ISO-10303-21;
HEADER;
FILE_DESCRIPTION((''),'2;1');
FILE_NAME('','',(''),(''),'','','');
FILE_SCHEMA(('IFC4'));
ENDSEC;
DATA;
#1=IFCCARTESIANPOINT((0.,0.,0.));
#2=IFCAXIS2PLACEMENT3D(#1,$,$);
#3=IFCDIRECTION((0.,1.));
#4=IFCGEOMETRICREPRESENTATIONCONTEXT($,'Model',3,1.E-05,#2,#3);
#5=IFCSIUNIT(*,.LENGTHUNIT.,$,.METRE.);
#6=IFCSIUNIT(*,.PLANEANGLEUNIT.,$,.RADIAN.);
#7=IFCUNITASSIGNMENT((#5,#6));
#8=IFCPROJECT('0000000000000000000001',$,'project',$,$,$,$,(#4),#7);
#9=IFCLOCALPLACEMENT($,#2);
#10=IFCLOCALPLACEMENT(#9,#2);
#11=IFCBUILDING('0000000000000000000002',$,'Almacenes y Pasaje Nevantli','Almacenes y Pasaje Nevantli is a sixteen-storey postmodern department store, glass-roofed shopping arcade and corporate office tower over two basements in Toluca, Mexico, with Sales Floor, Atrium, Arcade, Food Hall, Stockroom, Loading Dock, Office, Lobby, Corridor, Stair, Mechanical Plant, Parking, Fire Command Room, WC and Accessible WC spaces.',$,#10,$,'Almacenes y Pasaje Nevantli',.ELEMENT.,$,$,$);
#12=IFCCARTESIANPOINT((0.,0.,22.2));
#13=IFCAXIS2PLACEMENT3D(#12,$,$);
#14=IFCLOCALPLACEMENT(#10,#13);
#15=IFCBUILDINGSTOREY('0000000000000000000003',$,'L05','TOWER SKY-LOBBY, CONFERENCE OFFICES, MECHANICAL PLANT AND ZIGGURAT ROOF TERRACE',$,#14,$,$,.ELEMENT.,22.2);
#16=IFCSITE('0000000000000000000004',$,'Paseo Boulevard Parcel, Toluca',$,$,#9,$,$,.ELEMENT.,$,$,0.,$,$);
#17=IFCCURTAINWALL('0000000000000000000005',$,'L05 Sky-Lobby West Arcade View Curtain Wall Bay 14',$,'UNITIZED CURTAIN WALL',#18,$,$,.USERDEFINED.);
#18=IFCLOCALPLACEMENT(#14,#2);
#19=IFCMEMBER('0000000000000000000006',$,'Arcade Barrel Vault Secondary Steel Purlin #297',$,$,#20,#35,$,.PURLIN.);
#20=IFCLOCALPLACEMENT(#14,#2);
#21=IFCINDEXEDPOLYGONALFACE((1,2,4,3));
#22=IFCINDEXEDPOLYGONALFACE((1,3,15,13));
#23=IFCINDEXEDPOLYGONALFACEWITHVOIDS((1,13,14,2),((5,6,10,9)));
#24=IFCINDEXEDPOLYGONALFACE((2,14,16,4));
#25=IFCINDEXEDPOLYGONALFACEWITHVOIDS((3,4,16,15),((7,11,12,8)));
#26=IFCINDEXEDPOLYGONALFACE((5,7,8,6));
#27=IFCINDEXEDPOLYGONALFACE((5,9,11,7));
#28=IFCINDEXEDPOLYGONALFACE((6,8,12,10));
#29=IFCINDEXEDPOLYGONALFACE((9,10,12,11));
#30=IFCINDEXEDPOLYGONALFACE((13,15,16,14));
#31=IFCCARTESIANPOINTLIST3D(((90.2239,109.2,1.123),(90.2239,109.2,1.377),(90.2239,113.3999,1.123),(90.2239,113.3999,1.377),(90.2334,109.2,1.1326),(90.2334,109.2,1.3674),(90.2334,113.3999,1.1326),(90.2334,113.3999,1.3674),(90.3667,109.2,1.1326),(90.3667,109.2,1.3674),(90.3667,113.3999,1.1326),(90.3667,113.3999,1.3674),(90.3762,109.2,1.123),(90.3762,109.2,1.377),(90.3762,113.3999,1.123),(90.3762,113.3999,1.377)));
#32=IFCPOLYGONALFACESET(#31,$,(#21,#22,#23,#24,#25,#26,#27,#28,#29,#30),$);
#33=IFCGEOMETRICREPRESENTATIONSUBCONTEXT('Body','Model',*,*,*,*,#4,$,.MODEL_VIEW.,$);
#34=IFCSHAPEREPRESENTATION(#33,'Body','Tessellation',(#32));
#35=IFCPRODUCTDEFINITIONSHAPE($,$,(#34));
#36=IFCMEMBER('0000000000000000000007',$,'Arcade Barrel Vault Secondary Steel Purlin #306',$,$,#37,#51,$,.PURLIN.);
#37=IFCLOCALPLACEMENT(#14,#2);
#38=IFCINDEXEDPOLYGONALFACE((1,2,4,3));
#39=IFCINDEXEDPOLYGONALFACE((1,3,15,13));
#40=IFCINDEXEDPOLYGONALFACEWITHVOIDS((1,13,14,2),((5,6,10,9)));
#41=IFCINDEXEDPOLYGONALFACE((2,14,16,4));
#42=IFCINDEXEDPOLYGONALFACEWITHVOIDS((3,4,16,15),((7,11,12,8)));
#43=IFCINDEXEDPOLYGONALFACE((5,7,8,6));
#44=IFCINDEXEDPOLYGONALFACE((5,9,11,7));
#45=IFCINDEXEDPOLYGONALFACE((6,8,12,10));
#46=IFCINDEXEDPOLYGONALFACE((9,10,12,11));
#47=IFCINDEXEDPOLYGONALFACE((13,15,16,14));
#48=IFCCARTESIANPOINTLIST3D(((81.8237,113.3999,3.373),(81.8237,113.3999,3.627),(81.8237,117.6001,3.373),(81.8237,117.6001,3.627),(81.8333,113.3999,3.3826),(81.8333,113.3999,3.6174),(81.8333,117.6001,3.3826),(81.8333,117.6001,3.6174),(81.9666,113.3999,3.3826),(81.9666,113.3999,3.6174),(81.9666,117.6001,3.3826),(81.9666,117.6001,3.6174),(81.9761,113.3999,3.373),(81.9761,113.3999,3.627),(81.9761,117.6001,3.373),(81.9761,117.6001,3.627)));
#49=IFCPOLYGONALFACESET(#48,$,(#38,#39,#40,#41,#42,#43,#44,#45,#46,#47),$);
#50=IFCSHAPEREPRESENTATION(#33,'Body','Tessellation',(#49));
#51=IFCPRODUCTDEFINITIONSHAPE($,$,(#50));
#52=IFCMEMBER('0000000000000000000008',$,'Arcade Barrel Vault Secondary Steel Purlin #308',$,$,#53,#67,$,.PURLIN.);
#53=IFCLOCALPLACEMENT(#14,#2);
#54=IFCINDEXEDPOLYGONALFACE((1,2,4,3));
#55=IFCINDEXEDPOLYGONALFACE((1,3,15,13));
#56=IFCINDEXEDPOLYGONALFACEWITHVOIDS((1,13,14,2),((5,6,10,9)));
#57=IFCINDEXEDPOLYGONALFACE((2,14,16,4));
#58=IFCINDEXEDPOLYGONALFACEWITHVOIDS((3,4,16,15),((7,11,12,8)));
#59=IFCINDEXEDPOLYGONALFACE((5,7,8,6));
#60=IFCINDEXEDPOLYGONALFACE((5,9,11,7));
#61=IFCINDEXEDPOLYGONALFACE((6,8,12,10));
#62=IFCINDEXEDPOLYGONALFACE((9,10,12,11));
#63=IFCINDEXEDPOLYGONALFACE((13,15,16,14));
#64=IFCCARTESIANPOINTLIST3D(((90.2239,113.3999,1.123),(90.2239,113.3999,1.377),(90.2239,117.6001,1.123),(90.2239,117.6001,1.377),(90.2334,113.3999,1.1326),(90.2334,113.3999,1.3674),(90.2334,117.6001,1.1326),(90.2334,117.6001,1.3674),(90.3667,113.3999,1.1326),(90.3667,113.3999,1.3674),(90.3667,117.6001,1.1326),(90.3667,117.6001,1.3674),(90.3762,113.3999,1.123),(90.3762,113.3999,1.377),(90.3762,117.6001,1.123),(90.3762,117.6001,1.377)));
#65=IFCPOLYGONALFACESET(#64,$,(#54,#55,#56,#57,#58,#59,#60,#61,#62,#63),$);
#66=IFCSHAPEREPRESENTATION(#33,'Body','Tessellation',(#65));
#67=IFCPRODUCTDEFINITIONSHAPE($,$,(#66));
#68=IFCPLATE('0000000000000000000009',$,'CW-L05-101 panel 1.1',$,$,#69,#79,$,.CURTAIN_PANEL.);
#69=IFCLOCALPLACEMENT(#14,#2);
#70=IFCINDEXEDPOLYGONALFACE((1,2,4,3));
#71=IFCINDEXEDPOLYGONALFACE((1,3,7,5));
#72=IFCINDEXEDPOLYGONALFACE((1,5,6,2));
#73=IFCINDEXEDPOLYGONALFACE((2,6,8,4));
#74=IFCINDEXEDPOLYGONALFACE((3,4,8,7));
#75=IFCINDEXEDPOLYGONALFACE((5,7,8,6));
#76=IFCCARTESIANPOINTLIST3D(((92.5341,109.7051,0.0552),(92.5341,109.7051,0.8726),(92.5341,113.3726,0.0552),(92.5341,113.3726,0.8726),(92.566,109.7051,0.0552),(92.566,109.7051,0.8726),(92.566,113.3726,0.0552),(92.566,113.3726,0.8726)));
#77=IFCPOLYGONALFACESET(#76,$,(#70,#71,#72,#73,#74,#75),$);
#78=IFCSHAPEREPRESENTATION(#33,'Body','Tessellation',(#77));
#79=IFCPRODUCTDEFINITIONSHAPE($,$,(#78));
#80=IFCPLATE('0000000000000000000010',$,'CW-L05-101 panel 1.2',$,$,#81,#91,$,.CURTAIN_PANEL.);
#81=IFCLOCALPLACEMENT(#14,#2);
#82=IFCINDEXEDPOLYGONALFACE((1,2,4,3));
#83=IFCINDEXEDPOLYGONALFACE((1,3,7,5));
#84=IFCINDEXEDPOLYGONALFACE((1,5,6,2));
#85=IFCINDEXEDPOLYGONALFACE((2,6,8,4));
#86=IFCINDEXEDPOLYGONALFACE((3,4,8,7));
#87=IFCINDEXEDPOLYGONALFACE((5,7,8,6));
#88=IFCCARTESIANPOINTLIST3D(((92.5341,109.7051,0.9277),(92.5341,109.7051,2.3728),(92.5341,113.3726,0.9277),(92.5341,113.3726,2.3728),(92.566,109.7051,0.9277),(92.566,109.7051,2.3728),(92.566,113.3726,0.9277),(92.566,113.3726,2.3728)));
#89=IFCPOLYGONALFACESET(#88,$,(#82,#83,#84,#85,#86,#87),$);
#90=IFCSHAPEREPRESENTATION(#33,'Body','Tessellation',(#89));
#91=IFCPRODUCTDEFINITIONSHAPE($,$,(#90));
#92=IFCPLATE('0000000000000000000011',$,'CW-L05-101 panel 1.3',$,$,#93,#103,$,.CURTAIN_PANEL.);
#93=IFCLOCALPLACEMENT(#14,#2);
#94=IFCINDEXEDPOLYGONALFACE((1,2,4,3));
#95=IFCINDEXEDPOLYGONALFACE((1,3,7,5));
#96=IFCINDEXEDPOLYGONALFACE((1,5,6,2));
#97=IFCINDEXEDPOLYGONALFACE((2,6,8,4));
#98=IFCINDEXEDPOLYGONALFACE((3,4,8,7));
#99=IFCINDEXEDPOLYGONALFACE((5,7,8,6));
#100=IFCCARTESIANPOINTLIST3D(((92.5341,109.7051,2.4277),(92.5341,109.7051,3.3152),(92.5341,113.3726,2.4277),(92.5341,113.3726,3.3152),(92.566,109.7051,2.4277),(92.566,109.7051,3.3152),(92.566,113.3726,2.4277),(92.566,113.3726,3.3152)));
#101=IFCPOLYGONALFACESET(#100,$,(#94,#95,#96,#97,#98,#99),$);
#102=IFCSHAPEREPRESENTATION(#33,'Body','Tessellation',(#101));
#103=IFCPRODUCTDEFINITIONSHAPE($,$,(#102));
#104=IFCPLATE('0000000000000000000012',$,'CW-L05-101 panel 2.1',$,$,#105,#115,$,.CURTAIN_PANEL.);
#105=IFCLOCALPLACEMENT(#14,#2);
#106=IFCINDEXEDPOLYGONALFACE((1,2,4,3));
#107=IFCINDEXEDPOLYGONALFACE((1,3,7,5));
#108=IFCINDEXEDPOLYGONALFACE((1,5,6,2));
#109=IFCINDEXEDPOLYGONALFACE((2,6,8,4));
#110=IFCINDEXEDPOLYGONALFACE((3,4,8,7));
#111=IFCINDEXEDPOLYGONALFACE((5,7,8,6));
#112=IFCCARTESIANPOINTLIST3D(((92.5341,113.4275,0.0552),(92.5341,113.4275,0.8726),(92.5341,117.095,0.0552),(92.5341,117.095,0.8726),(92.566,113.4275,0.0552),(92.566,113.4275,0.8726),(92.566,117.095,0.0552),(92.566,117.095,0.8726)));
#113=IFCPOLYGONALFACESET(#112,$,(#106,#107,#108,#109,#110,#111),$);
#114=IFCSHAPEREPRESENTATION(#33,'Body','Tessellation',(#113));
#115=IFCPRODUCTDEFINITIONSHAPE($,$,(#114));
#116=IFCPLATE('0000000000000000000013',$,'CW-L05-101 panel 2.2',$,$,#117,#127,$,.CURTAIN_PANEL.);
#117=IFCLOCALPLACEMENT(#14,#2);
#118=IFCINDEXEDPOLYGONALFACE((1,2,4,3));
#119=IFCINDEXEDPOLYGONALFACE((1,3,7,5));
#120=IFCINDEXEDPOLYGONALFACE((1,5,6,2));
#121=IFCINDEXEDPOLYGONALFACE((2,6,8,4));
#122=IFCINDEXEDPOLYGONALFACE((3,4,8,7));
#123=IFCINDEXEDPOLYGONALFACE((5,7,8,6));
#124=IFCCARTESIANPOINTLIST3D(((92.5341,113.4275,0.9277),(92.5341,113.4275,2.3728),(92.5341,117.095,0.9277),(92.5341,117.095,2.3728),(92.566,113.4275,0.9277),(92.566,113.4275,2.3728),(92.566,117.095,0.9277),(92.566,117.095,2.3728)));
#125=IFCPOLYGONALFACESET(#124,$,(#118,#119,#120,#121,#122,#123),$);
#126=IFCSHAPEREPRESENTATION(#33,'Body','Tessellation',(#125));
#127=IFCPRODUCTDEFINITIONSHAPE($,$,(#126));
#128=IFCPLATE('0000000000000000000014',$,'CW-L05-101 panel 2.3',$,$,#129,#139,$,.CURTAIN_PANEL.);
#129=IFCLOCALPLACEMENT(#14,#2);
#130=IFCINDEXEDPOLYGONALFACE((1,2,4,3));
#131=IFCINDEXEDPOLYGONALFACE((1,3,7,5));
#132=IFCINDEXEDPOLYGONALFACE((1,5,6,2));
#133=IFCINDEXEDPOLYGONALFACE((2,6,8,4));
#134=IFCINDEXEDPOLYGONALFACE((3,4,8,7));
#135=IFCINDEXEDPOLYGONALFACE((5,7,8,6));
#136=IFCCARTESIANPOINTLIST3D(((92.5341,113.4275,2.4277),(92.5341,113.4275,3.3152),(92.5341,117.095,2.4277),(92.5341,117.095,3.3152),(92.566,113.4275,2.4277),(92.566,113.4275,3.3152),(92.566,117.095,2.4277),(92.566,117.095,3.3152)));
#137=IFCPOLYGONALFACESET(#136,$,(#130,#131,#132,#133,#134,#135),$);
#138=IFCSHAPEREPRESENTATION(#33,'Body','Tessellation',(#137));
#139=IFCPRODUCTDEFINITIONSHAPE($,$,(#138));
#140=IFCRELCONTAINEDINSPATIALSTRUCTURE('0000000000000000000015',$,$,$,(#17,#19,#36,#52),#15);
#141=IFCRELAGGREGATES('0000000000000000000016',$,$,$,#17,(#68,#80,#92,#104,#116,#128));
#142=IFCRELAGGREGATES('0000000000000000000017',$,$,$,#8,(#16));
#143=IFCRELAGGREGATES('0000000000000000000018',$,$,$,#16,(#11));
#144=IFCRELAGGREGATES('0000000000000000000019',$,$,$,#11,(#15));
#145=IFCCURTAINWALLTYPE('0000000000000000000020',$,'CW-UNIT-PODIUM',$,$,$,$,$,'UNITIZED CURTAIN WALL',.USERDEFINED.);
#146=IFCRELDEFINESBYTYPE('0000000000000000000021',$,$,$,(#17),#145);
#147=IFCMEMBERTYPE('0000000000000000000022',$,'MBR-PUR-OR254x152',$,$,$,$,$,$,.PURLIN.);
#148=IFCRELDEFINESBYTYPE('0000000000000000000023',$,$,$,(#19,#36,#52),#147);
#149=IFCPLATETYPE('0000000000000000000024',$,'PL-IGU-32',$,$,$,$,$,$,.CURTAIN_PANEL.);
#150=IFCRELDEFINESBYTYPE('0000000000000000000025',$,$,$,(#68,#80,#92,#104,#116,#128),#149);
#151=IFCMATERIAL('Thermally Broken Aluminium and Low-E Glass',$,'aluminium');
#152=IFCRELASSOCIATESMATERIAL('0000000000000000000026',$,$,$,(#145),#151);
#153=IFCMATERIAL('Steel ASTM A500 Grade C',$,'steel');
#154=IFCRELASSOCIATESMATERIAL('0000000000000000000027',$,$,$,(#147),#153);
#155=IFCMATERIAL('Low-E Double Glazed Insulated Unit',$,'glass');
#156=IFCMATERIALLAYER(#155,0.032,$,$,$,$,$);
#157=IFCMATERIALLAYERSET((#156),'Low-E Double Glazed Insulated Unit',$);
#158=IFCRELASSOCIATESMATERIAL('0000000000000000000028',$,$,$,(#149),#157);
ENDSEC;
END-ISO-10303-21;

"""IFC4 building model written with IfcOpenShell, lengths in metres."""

from ifc_helpers import new_model, si_unit, direction, frame, origin, origin_2d, place, context, subcontext, project, spatial, rectangle, hollow_rectangle, extrude, material, layer, layer_set, material_profile, profile_set, type_object, element, aggregate, save


model = new_model("IFC4")

# Units and contexts
model_context = context("Model", 3, precision=1e-05, world=origin(), true_north=direction((0.0, 1.0)))
body_context = subcontext(model_context, "Body", "Model", "MODEL_VIEW")
ifc_project = project(units=[si_unit("LENGTHUNIT", "METRE"), si_unit("PLANEANGLEUNIT", "RADIAN")], contexts=[model_context])

# Site, building, storey
site_placement = place(None, origin())
site = spatial("IfcSite", under=ifc_project, at=site_placement, Name="Paseo Boulevard Parcel, Toluca", CompositionType="ELEMENT", RefElevation=0.0)
building_placement = place(site_placement, origin())
building = spatial("IfcBuilding", under=site, at=building_placement, Name="Almacenes y Pasaje Nevantli", Description="Almacenes y Pasaje Nevantli is a sixteen-storey postmodern department store, glass-roofed shopping arcade and corporate office tower over two basements in Toluca, Mexico, with Sales Floor, Atrium, Arcade, Food Hall, Stockroom, Loading Dock, Office, Lobby, Corridor, Stair, Mechanical Plant, Parking, Fire Command Room, WC and Accessible WC spaces.", LongName="Almacenes y Pasaje Nevantli", CompositionType="ELEMENT")
storey_placement = place(building_placement, frame((0.0, 0.0, 22.2)))
storey = spatial("IfcBuildingStorey", under=building, at=storey_placement, Name="L05", Description="TOWER SKY-LOBBY, CONFERENCE OFFICES, MECHANICAL PLANT AND ZIGGURAT ROOF TERRACE", CompositionType="ELEMENT", Elevation=22.2)

# Shared definitions
ifc_material_1 = material(Name="Thermally Broken Aluminium and Low-E Glass", Category="aluminium")
curtain_wall_type = type_object("IfcCurtainWallType", Name="CW-UNIT-PODIUM", ElementType="UNITIZED CURTAIN WALL", PredefinedType="USERDEFINED", material=ifc_material_1)

# Curtain wall
curtain_wall_1_placement = place(storey_placement, origin())
curtain_wall_1 = element("IfcCurtainWall", 1, at=curtain_wall_1_placement, inside=storey, type_object=curtain_wall_type, Name="L05 Sky-Lobby West Arcade View Curtain Wall Bay 14", ObjectType="UNITIZED CURTAIN WALL", PredefinedType="USERDEFINED")

# Members
ifc_material_2 = material(Name="Steel ASTM A500 Grade C", Category="steel")
ifc_material_profile_1 = material_profile(ifc_material_2, hollow_rectangle(XDim=0.1523, YDim=0.2539, WallThickness=0.0095, at=origin_2d()), Name="OR 254x152x9.5")
ifc_profile_set_1 = profile_set([ifc_material_profile_1], Name="Steel ASTM A500 Grade C")
member_type_1 = type_object("IfcMemberType", Name="MBR-PUR-OR254x152", PredefinedType="PURLIN", material=ifc_profile_set_1)
member_1_placement = place(storey_placement, frame((90.3, 109.2, 1.25), z_axis=(0.0, 1.0, 0.0), x_axis=(-1.0, 0.0, 0.0)))
element("IfcMember", 2, at=member_1_placement, inside=storey, type_object=member_type_1, Name="Arcade Barrel Vault Secondary Steel Purlin #297", PredefinedType="PURLIN", context=body_context, shape_type="SweptSolid", body=[
    extrude(hollow_rectangle(XDim=0.1523, YDim=0.2539, WallThickness=0.0095, at=origin_2d()), origin(), (0.0, 0.0, 1.0), 4.2),
])
for number, where, z_axis, x_axis, name in (
    (3, (81.8999, 113.3999, 3.5), (0.0, 1.0, 0.0), (-1.0, 0.0, 0.0), "Arcade Barrel Vault Secondary Steel Purlin #306"),
    (4, (90.3, 113.3999, 1.25), (0.0, 1.0, 0.0), (-1.0, 0.0, 0.0), "Arcade Barrel Vault Secondary Steel Purlin #308"),
):
    element("IfcMember", number, at=place(storey_placement, frame(where, z_axis=z_axis, x_axis=x_axis)), inside=storey, type_object=member_type_1, Name=name, PredefinedType="PURLIN", context=body_context, shape_type="SweptSolid", body=[
        extrude(hollow_rectangle(XDim=0.1523, YDim=0.2539, WallThickness=0.0095, at=origin_2d()), origin(), (0.0, 0.0, 1.0), 4.2002),
    ])

# Plates
ifc_material_3 = material(Name="Low-E Double Glazed Insulated Unit", Category="glass")
ifc_layer = layer(ifc_material_3, 0.032)
ifc_layer_set = layer_set([ifc_layer], Name="Low-E Double Glazed Insulated Unit")
plate_type = type_object("IfcPlateType", Name="PL-IGU-32", PredefinedType="CURTAIN_PANEL", material=ifc_layer_set)
plate_1_placement = place(storey_placement, frame((92.55, 111.5388, 0.0552), z_axis=(0.0, 0.0, 1.0), x_axis=(0.0, 1.0, 0.0)))
plate_1 = element("IfcPlate", 5, at=plate_1_placement, type_object=plate_type, Name="CW-L05-101 panel 1.1", PredefinedType="CURTAIN_PANEL", context=body_context, shape_type="SweptSolid", body=[
    extrude(rectangle(XDim=3.6675, YDim=0.032, at=origin_2d()), origin(), (0.0, 0.0, 1.0), 0.8174),
])
plate_2_placement = place(storey_placement, frame((92.55, 111.5388, 0.9277), z_axis=(0.0, 0.0, 1.0), x_axis=(0.0, 1.0, 0.0)))
plate_2 = element("IfcPlate", 6, at=plate_2_placement, type_object=plate_type, Name="CW-L05-101 panel 1.2", PredefinedType="CURTAIN_PANEL", context=body_context, shape_type="SweptSolid", body=[
    extrude(rectangle(XDim=3.6675, YDim=0.032, at=origin_2d()), origin(), (0.0, 0.0, 1.0), 1.4451),
])
plate_3_placement = place(storey_placement, frame((92.55, 111.5388, 2.4277), z_axis=(0.0, 0.0, 1.0), x_axis=(0.0, 1.0, 0.0)))
plate_3 = element("IfcPlate", 7, at=plate_3_placement, type_object=plate_type, Name="CW-L05-101 panel 1.3", PredefinedType="CURTAIN_PANEL", context=body_context, shape_type="SweptSolid", body=[
    extrude(rectangle(XDim=3.6675, YDim=0.032, at=origin_2d()), origin(), (0.0, 0.0, 1.0), 0.8875),
])
plate_4_placement = place(storey_placement, frame((92.55, 115.2612, 0.0552), z_axis=(0.0, 0.0, 1.0), x_axis=(0.0, 1.0, 0.0)))
plate_4 = element("IfcPlate", 8, at=plate_4_placement, type_object=plate_type, Name="CW-L05-101 panel 2.1", PredefinedType="CURTAIN_PANEL", context=body_context, shape_type="SweptSolid", body=[
    extrude(rectangle(XDim=3.6675, YDim=0.032, at=origin_2d()), origin(), (0.0, 0.0, 1.0), 0.8174),
])
plate_5_placement = place(storey_placement, frame((92.55, 115.2612, 0.9277), z_axis=(0.0, 0.0, 1.0), x_axis=(0.0, 1.0, 0.0)))
plate_5 = element("IfcPlate", 9, at=plate_5_placement, type_object=plate_type, Name="CW-L05-101 panel 2.2", PredefinedType="CURTAIN_PANEL", context=body_context, shape_type="SweptSolid", body=[
    extrude(rectangle(XDim=3.6675, YDim=0.032, at=origin_2d()), origin(), (0.0, 0.0, 1.0), 1.4451),
])
plate_6_placement = place(storey_placement, frame((92.55, 115.2612, 2.4277), z_axis=(0.0, 0.0, 1.0), x_axis=(0.0, 1.0, 0.0)))
plate_6 = element("IfcPlate", 10, at=plate_6_placement, type_object=plate_type, Name="CW-L05-101 panel 2.3", PredefinedType="CURTAIN_PANEL", context=body_context, shape_type="SweptSolid", body=[
    extrude(rectangle(XDim=3.6675, YDim=0.032, at=origin_2d()), origin(), (0.0, 0.0, 1.0), 0.8875),
])
aggregate(curtain_wall_1, [plate_1, plate_2, plate_3, plate_4, plate_5, plate_6])

save(model, "model.ifc")
